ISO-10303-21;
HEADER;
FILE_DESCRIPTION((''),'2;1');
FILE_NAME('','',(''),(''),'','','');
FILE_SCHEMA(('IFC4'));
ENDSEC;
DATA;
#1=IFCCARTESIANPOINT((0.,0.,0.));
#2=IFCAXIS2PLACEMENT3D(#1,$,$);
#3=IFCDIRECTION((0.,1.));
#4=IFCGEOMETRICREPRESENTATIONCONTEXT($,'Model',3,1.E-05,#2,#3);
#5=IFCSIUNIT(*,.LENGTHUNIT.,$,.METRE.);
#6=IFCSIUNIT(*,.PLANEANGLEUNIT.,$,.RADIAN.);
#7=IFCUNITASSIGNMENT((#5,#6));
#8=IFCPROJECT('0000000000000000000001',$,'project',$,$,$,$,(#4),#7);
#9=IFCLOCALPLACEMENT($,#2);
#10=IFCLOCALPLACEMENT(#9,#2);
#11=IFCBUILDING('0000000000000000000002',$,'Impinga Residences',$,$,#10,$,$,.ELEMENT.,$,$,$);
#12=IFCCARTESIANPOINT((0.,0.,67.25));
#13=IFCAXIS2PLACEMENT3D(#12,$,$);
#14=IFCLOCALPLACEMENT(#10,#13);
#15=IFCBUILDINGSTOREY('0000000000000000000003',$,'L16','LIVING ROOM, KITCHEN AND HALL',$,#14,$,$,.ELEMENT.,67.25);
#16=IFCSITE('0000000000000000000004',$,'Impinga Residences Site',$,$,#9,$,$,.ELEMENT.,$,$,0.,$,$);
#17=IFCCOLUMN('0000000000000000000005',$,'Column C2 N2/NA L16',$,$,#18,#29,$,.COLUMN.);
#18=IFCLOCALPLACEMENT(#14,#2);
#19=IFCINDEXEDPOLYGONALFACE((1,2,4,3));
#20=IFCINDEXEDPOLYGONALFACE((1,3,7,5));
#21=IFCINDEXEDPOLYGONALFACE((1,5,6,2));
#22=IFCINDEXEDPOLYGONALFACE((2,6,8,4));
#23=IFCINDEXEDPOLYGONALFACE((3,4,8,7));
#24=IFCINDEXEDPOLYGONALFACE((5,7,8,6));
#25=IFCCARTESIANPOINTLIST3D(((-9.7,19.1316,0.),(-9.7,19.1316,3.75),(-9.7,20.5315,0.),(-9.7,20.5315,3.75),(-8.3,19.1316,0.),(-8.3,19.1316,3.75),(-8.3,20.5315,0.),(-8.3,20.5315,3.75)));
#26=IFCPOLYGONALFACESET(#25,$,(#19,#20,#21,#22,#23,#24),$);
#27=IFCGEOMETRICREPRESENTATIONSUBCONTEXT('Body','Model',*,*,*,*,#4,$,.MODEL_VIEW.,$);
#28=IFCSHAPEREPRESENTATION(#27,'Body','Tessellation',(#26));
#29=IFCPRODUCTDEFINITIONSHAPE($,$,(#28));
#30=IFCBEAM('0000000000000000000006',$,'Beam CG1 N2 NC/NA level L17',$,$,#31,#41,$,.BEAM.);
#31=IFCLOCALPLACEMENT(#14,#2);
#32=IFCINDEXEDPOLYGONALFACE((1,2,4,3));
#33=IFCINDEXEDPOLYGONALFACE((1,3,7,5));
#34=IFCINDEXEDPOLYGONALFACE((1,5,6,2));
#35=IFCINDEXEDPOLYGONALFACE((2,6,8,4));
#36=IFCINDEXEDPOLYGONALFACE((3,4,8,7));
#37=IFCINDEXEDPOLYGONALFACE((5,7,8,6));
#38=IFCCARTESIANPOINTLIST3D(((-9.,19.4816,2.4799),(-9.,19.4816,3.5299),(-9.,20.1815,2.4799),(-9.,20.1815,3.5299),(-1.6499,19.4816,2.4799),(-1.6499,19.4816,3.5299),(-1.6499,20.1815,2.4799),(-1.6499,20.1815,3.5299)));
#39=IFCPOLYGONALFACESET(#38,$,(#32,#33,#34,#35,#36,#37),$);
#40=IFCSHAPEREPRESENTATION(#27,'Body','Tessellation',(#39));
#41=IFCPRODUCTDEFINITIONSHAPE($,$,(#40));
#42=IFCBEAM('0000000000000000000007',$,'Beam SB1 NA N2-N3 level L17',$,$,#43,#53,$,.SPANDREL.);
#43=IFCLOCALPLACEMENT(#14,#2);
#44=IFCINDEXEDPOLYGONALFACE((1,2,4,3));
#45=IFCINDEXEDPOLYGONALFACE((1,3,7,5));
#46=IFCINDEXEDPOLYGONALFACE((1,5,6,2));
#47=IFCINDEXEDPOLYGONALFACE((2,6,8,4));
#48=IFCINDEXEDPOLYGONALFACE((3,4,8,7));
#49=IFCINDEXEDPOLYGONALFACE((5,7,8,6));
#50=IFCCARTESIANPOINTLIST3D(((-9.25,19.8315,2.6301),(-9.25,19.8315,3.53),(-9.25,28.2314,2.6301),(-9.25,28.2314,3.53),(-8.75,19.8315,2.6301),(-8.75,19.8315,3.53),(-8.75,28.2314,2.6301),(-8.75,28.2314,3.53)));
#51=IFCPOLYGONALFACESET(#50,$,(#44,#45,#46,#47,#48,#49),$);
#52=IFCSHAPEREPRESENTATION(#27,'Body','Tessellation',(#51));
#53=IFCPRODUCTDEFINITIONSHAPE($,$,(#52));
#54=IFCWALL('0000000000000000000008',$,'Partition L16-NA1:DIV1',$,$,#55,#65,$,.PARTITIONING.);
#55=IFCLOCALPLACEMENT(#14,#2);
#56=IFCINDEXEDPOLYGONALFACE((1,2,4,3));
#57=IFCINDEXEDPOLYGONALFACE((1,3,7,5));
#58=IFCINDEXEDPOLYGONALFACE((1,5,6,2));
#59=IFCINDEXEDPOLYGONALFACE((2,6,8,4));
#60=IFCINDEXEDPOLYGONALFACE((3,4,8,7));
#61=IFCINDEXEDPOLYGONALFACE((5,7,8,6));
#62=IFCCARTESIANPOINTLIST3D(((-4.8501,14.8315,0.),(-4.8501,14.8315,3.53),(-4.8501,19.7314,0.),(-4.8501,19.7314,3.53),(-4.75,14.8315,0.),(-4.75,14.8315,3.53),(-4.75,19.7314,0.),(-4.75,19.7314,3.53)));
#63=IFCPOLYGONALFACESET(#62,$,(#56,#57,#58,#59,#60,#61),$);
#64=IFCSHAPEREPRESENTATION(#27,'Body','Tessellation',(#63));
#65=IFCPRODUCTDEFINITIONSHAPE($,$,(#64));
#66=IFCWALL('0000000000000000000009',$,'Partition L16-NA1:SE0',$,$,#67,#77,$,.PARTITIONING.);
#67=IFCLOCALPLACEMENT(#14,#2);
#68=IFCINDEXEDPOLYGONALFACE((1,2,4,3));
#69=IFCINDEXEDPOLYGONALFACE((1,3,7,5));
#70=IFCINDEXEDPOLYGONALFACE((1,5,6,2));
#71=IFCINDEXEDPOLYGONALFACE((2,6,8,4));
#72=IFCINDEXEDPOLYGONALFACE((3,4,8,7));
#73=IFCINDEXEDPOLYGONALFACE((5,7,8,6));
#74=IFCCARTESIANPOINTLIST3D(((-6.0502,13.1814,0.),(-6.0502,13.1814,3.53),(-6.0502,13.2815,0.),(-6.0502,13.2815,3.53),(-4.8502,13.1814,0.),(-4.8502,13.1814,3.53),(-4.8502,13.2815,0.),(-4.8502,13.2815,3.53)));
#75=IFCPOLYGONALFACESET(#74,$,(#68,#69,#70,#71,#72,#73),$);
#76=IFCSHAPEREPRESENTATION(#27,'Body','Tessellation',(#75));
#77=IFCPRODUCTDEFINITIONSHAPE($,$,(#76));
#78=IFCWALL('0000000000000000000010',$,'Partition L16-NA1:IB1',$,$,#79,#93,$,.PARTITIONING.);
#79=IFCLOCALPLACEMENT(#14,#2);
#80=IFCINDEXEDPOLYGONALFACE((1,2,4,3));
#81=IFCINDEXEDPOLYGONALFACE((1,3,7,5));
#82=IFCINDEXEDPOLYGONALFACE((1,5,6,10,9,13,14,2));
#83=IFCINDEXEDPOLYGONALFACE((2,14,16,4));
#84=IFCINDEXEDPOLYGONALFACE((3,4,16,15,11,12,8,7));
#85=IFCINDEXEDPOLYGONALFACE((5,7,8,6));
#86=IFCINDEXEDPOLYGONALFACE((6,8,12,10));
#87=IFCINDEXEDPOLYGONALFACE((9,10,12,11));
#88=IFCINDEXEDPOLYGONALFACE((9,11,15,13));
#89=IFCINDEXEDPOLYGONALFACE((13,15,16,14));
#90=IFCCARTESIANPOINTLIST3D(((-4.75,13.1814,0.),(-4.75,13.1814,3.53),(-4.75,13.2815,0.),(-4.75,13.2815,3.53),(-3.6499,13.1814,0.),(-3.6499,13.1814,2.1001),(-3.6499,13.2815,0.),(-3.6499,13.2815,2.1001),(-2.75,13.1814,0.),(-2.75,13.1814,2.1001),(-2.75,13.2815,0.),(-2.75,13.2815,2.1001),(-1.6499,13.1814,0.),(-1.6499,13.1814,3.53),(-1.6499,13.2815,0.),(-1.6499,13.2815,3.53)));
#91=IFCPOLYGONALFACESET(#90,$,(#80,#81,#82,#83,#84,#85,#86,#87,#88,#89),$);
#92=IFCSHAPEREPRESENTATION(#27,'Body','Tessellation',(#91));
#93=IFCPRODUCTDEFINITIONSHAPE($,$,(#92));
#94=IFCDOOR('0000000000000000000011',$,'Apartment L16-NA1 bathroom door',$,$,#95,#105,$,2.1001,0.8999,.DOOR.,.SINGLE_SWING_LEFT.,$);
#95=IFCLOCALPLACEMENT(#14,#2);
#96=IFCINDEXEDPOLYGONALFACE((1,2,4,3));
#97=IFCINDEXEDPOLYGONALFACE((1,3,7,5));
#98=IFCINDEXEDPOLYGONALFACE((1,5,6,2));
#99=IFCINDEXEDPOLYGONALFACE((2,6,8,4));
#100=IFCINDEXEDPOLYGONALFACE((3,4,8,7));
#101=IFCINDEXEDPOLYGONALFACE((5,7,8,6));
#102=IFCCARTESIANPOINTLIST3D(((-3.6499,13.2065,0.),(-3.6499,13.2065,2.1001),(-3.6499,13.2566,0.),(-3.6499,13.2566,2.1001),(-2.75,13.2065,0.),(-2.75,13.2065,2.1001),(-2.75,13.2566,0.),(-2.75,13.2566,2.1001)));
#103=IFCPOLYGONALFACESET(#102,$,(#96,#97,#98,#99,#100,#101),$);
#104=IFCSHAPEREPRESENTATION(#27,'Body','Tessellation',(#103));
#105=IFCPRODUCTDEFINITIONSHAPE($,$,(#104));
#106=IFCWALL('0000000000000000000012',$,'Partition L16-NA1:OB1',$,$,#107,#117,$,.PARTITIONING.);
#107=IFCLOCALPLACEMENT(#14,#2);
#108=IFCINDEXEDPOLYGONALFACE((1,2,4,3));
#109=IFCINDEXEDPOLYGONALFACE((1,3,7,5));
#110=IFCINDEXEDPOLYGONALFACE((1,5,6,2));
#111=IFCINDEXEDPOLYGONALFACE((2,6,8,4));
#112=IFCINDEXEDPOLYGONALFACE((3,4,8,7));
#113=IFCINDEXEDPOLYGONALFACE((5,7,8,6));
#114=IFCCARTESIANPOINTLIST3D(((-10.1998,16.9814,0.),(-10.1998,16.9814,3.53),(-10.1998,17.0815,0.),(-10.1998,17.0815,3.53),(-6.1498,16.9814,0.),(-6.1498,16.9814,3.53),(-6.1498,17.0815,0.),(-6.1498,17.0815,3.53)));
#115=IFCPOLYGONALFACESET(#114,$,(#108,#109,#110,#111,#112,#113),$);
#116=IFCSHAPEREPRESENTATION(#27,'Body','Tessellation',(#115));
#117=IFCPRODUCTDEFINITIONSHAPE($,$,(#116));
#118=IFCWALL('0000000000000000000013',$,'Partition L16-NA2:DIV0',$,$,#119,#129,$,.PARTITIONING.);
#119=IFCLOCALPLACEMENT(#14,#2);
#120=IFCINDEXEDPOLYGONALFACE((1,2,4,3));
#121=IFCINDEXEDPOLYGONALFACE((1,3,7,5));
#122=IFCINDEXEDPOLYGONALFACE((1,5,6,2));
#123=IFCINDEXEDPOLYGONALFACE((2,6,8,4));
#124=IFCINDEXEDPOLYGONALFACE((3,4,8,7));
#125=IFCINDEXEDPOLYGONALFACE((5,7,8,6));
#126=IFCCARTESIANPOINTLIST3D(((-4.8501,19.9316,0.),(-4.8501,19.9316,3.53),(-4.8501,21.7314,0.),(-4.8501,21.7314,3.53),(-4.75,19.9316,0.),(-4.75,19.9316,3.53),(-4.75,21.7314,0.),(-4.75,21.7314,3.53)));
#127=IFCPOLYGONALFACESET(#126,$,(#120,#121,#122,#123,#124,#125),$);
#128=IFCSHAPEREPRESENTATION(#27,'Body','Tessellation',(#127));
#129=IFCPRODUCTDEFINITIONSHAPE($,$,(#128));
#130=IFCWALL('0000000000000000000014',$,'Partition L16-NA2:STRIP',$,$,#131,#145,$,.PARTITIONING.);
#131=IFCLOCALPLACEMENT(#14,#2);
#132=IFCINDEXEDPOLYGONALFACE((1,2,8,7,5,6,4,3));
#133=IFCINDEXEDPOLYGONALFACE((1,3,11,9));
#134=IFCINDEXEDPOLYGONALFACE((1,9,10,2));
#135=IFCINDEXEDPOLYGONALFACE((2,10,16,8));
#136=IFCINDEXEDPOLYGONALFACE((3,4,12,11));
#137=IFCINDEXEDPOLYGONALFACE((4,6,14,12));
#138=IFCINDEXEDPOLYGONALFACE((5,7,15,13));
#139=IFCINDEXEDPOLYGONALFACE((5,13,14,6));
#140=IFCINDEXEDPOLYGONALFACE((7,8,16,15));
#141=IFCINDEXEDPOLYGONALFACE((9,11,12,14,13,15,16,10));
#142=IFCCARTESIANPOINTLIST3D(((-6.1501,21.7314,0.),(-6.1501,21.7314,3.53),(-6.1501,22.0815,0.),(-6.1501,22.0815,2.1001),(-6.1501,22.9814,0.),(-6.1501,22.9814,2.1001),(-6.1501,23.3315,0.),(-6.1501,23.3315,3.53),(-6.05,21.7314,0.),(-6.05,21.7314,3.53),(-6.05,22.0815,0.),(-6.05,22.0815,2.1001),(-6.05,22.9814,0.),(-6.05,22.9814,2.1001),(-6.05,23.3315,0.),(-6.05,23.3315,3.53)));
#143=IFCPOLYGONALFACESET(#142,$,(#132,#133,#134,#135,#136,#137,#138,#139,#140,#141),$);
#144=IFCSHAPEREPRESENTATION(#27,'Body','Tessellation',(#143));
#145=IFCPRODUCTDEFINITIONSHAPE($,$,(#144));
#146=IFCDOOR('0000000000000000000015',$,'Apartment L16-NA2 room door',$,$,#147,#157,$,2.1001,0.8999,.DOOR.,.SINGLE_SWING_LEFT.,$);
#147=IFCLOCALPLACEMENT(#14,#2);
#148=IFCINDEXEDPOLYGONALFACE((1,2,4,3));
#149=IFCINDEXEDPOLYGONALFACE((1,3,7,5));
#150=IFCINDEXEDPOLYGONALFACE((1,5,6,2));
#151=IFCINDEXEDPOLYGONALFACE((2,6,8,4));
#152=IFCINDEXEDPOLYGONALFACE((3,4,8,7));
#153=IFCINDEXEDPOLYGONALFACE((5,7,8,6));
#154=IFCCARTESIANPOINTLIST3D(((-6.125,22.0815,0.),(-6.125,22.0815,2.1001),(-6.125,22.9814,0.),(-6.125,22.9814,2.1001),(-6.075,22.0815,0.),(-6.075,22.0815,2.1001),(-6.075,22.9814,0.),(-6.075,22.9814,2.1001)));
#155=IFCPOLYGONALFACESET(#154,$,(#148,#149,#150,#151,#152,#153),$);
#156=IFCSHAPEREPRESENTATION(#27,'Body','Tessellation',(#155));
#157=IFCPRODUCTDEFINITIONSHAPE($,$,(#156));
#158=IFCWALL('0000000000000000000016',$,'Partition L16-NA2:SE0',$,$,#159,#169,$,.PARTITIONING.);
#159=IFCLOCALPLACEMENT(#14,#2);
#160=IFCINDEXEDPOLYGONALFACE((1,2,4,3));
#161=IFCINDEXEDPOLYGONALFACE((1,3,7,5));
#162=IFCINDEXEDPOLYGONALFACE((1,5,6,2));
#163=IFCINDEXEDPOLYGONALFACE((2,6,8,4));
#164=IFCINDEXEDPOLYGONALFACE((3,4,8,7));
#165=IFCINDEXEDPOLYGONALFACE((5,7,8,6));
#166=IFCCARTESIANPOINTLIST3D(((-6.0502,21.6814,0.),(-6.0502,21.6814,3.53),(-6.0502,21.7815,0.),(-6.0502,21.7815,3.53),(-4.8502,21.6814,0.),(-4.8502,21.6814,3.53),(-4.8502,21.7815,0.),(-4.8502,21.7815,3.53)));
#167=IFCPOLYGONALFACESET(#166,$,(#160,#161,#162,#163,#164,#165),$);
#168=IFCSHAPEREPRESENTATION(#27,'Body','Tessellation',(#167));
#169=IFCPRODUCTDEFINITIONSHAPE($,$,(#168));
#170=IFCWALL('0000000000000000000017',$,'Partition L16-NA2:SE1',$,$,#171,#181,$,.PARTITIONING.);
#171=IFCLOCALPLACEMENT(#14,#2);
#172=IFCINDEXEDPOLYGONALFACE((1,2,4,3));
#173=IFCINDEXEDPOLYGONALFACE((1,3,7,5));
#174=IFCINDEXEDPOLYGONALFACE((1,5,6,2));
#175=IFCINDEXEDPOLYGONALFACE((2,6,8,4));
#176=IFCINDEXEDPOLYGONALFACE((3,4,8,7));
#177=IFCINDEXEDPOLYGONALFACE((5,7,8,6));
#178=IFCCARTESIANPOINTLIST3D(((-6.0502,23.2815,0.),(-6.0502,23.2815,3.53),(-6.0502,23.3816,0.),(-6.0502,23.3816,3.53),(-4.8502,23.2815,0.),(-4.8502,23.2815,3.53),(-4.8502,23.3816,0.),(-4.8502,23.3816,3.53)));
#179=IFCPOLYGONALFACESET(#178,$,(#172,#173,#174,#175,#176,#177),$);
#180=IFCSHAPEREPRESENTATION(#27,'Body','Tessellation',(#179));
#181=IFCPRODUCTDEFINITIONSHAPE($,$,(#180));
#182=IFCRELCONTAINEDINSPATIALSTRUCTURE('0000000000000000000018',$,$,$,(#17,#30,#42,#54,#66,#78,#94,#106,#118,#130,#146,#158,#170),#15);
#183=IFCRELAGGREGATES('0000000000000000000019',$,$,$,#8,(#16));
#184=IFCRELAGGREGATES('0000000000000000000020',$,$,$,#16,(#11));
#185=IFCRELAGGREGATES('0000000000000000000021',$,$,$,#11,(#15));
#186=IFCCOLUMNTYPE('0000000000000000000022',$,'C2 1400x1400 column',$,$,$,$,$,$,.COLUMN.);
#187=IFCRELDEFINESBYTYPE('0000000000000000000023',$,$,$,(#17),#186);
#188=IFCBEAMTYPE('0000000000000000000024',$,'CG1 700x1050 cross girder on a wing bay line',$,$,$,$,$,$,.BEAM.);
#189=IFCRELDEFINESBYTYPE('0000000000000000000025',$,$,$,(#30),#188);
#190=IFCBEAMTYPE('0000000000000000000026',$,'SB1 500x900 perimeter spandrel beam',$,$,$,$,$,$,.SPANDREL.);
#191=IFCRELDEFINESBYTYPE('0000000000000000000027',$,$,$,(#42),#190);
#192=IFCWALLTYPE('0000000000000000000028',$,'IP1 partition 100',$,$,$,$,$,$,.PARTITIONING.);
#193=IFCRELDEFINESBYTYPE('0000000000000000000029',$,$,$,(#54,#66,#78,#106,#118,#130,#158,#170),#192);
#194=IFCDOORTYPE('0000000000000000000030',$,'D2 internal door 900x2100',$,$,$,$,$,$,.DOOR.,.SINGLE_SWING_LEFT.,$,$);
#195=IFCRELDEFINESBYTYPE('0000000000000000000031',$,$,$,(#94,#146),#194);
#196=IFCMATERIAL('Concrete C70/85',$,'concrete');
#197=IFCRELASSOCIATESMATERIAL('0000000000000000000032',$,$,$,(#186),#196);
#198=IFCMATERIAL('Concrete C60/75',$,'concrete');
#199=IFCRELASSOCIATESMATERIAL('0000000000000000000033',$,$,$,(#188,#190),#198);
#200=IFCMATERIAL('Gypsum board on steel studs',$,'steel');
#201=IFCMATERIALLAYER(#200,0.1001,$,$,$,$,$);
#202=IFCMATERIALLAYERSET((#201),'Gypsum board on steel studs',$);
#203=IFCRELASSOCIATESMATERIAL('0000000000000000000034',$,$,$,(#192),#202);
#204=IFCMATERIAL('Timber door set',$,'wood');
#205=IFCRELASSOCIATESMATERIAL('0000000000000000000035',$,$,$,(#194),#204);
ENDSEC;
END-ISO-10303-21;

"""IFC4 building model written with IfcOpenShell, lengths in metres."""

from ifc_helpers import new_model, si_unit, direction, frame, frame_2d, origin, origin_2d, place, context, subcontext, project, spatial, rectangle, extrude, material, layer, layer_set, material_profile, profile_set, type_object, element, fill, save


model = new_model("IFC4")

# Units and contexts
model_context = context("Model", 3, precision=1e-05, world=origin(), true_north=direction((0.0, 1.0)))
body_context = subcontext(model_context, "Body", "Model", "MODEL_VIEW")
ifc_project = project(units=[si_unit("LENGTHUNIT", "METRE"), si_unit("PLANEANGLEUNIT", "RADIAN")], contexts=[model_context])

# Site, building, storey
site_placement = place(None, origin())
site = spatial("IfcSite", under=ifc_project, at=site_placement, Name="Impinga Residences Site", CompositionType="ELEMENT", RefElevation=0.0)
building_placement = place(site_placement, origin())
building = spatial("IfcBuilding", under=site, at=building_placement, Name="Impinga Residences", CompositionType="ELEMENT")
storey_placement = place(building_placement, frame((0.0, 0.0, 67.25)))
storey = spatial("IfcBuildingStorey", under=building, at=storey_placement, Name="L16", Description="LIVING ROOM, KITCHEN AND HALL", CompositionType="ELEMENT", Elevation=67.25)

# Column
ifc_material_1 = material(Name="Concrete C70/85", Category="concrete")
ifc_material_profile_1 = material_profile(ifc_material_1, rectangle(XDim=1.3999, YDim=1.3999, at=origin_2d()), Name="RC 1400x1400")
ifc_profile_set_1 = profile_set([ifc_material_profile_1], Name="Concrete C70/85")
column_type = type_object("IfcColumnType", Name="C2 1400x1400 column", PredefinedType="COLUMN", material=ifc_profile_set_1)
column_placement = place(storey_placement, frame((-9.0, 19.8315, 0.0), z_axis=(0.0, 0.0, 1.0), x_axis=(1.0, 0.0, 0.0)))
element("IfcColumn", 1, at=column_placement, inside=storey, type_object=column_type, Name="Column C2 N2/NA L16", PredefinedType="COLUMN", context=body_context, shape_type="SweptSolid", body=[
    extrude(rectangle(XDim=1.3999, YDim=1.3999, at=origin_2d()), origin(), (0.0, 0.0, 1.0), 3.75),
])

# Beams
ifc_material_2 = material(Name="Concrete C60/75", Category="concrete")
ifc_material_profile_2 = material_profile(ifc_material_2, rectangle(XDim=0.7, YDim=1.05, at=origin_2d()), Name="RC 700x1050")
ifc_profile_set_2 = profile_set([ifc_material_profile_2], Name="Concrete C60/75")
beam_type_1 = type_object("IfcBeamType", Name="CG1 700x1050 cross girder on a wing bay line", PredefinedType="BEAM", material=ifc_profile_set_2)
beam_1_placement = place(storey_placement, frame((-1.6499, 19.8315, 3.0049), z_axis=(-1.0, 0.0, 0.0), x_axis=(0.0, -1.0, 0.0)))
element("IfcBeam", 2, at=beam_1_placement, inside=storey, type_object=beam_type_1, Name="Beam CG1 N2 NC/NA level L17", PredefinedType="BEAM", context=body_context, shape_type="SweptSolid", body=[
    extrude(rectangle(XDim=0.7, YDim=1.05, at=origin_2d()), origin(), (0.0, 0.0, 1.0), 7.3501),
])
ifc_material_profile_3 = material_profile(ifc_material_2, rectangle(XDim=0.5, YDim=0.8999, at=origin_2d()), Name="RC 500x900")
ifc_profile_set_3 = profile_set([ifc_material_profile_3], Name="Concrete C60/75")
beam_type_2 = type_object("IfcBeamType", Name="SB1 500x900 perimeter spandrel beam", PredefinedType="SPANDREL", material=ifc_profile_set_3)
beam_2_placement = place(storey_placement, frame((-9.0, 19.8315, 3.0801), z_axis=(0.0, 1.0, 0.0), x_axis=(-1.0, 0.0, 0.0)))
element("IfcBeam", 3, at=beam_2_placement, inside=storey, type_object=beam_type_2, Name="Beam SB1 NA N2-N3 level L17", PredefinedType="SPANDREL", context=body_context, shape_type="SweptSolid", body=[
    extrude(rectangle(XDim=0.5, YDim=0.8999, at=origin_2d()), origin(), (0.0, 0.0, 1.0), 8.3999),
])

# Walls
ifc_material_3 = material(Name="Gypsum board on steel studs", Category="steel")
ifc_layer_1 = layer(ifc_material_3, 0.1001)
ifc_layer_set_1 = layer_set([ifc_layer_1], Name="Gypsum board on steel studs")
wall_type_1 = type_object("IfcWallType", Name="IP1 partition 100", PredefinedType="PARTITIONING", material=ifc_layer_set_1)
wall_1_placement = place(storey_placement, frame((-4.8, 14.8315, 0.0), z_axis=(0.0, 0.0, 1.0), x_axis=(0.0, 1.0, 0.0)))
element("IfcWall", 4, at=wall_1_placement, inside=storey, type_object=wall_type_1, Name="Partition L16-NA1:DIV1", PredefinedType="PARTITIONING", context=body_context, shape_type="SweptSolid", body=[
    extrude(rectangle(XDim=4.8999, YDim=0.1001, at=frame_2d((2.45, 0.0))), origin(), (0.0, 0.0, 1.0), 3.53),
])
wall_2_placement = place(storey_placement, frame((-4.8501, 13.2314, 0.0), z_axis=(0.0, 0.0, 1.0), x_axis=(-1.0, 0.0, 0.0)))
element("IfcWall", 5, at=wall_2_placement, inside=storey, type_object=wall_type_1, Name="Partition L16-NA1:SE0", PredefinedType="PARTITIONING", context=body_context, shape_type="SweptSolid", body=[
    extrude(rectangle(XDim=1.2, YDim=0.1001, at=frame_2d((0.6001, 0.0))), origin(), (0.0, 0.0, 1.0), 3.53),
])

# Wall, opening, door
wall_3_placement = place(storey_placement, frame((-1.6499, 13.2314, 0.0), z_axis=(0.0, 0.0, 1.0), x_axis=(-1.0, 0.0, 0.0)))
wall_3 = element("IfcWall", 6, at=wall_3_placement, inside=storey, type_object=wall_type_1, Name="Partition L16-NA1:IB1", PredefinedType="PARTITIONING", context=body_context, shape_type="SweptSolid", body=[
    extrude(rectangle(XDim=3.1001, YDim=0.1001, at=frame_2d((1.55, 0.0))), origin(), (0.0, 0.0, 1.0), 3.53),
])
opening_1_placement = place(wall_3_placement, frame((1.1001, 0.0, 0.0)))
opening_1 = element("IfcOpeningElement", 7, at=opening_1_placement, cuts=wall_3, PredefinedType="OPENING", context=body_context, shape_type="SweptSolid", body=[
    extrude(rectangle(XDim=0.8999, YDim=2.1001, at=frame_2d((0.45, 1.05))), frame((0.0, 0.0601, 0.0), z_axis=(0.0, -1.0, 0.0), x_axis=(1.0, 0.0, 0.0)), (0.0, 0.0, 1.0), 0.1201),
])
ifc_material_4 = material(Name="Timber door set", Category="wood")
door_type = type_object("IfcDoorType", Name="D2 internal door 900x2100", OperationType="SINGLE_SWING_LEFT", PredefinedType="DOOR", material=ifc_material_4)
door_1_placement = place(opening_1_placement, origin())
door_1 = element("IfcDoor", 8, at=door_1_placement, inside=storey, type_object=door_type, Name="Apartment L16-NA1 bathroom door", OperationType="SINGLE_SWING_LEFT", OverallHeight=2.1001, OverallWidth=0.8999, PredefinedType="DOOR", context=body_context, shape_type="SweptSolid", body=[
    extrude(rectangle(XDim=0.8999, YDim=2.1001, at=frame_2d((0.45, 1.05))), frame((0.0, 0.0249, 0.0), z_axis=(0.0, -1.0, 0.0), x_axis=(1.0, 0.0, 0.0)), (0.0, 0.0, 1.0), 0.05),
])
fill(opening_1, door_1)

# Walls
wall_4_placement = place(storey_placement, frame((-6.1499, 17.0315, 0.0), z_axis=(0.0, 0.0, 1.0), x_axis=(-1.0, 0.0, 0.0)))
element("IfcWall", 9, at=wall_4_placement, inside=storey, type_object=wall_type_1, Name="Partition L16-NA1:OB1", PredefinedType="PARTITIONING", context=body_context, shape_type="SweptSolid", body=[
    extrude(rectangle(XDim=4.05, YDim=0.1001, at=frame_2d((2.0249, 0.0))), origin(), (0.0, 0.0, 1.0), 3.53),
])
wall_5_placement = place(storey_placement, frame((-4.8, 19.9316, 0.0), z_axis=(0.0, 0.0, 1.0), x_axis=(0.0, 1.0, 0.0)))
element("IfcWall", 10, at=wall_5_placement, inside=storey, type_object=wall_type_1, Name="Partition L16-NA2:DIV0", PredefinedType="PARTITIONING", context=body_context, shape_type="SweptSolid", body=[
    extrude(rectangle(XDim=1.7998, YDim=0.1001, at=frame_2d((0.8999, 0.0))), origin(), (0.0, 0.0, 1.0), 3.53),
])

# Wall, opening, door
wall_6_placement = place(storey_placement, frame((-6.1001, 21.7314, 0.0), z_axis=(0.0, 0.0, 1.0), x_axis=(0.0, 1.0, 0.0)))
wall_6 = element("IfcWall", 11, at=wall_6_placement, inside=storey, type_object=wall_type_1, Name="Partition L16-NA2:STRIP", PredefinedType="PARTITIONING", context=body_context, shape_type="SweptSolid", body=[
    extrude(rectangle(XDim=1.6001, YDim=0.1001, at=frame_2d((0.8, 0.0))), origin(), (0.0, 0.0, 1.0), 3.53),
])
opening_2_placement = place(wall_6_placement, frame((0.3501, 0.0, 0.0)))
opening_2 = element("IfcOpeningElement", 12, at=opening_2_placement, cuts=wall_6, PredefinedType="OPENING", context=body_context, shape_type="SweptSolid", body=[
    extrude(rectangle(XDim=0.8999, YDim=2.1001, at=frame_2d((0.45, 1.05))), frame((0.0, 0.0601, 0.0), z_axis=(0.0, -1.0, 0.0), x_axis=(1.0, 0.0, 0.0)), (0.0, 0.0, 1.0), 0.1201),
])
door_2_placement = place(opening_2_placement, origin())
door_2 = element("IfcDoor", 13, at=door_2_placement, inside=storey, type_object=door_type, Name="Apartment L16-NA2 room door", OperationType="SINGLE_SWING_LEFT", OverallHeight=2.1001, OverallWidth=0.8999, PredefinedType="DOOR", context=body_context, shape_type="SweptSolid", body=[
    extrude(rectangle(XDim=0.8999, YDim=2.1001, at=frame_2d((0.45, 1.05))), frame((0.0, 0.0249, 0.0), z_axis=(0.0, -1.0, 0.0), x_axis=(1.0, 0.0, 0.0)), (0.0, 0.0, 1.0), 0.05),
])
fill(opening_2, door_2)

# Walls
for number, where, z_axis, x_axis, name in (
    (14, (-4.8501, 21.7314, 0.0), (0.0, 0.0, 1.0), (-1.0, 0.0, 0.0), "Partition L16-NA2:SE0"),
    (15, (-4.8501, 23.3315, 0.0), (0.0, 0.0, 1.0), (-1.0, 0.0, 0.0), "Partition L16-NA2:SE1"),
):
    element("IfcWall", number, at=place(storey_placement, frame(where, z_axis=z_axis, x_axis=x_axis)), inside=storey, type_object=wall_type_1, Name=name, PredefinedType="PARTITIONING", context=body_context, shape_type="SweptSolid", body=[
        extrude(rectangle(XDim=1.2, YDim=0.1001, at=frame_2d((0.6001, 0.0))), origin(), (0.0, 0.0, 1.0), 3.53),
    ])

save(model, "model.ifc")
